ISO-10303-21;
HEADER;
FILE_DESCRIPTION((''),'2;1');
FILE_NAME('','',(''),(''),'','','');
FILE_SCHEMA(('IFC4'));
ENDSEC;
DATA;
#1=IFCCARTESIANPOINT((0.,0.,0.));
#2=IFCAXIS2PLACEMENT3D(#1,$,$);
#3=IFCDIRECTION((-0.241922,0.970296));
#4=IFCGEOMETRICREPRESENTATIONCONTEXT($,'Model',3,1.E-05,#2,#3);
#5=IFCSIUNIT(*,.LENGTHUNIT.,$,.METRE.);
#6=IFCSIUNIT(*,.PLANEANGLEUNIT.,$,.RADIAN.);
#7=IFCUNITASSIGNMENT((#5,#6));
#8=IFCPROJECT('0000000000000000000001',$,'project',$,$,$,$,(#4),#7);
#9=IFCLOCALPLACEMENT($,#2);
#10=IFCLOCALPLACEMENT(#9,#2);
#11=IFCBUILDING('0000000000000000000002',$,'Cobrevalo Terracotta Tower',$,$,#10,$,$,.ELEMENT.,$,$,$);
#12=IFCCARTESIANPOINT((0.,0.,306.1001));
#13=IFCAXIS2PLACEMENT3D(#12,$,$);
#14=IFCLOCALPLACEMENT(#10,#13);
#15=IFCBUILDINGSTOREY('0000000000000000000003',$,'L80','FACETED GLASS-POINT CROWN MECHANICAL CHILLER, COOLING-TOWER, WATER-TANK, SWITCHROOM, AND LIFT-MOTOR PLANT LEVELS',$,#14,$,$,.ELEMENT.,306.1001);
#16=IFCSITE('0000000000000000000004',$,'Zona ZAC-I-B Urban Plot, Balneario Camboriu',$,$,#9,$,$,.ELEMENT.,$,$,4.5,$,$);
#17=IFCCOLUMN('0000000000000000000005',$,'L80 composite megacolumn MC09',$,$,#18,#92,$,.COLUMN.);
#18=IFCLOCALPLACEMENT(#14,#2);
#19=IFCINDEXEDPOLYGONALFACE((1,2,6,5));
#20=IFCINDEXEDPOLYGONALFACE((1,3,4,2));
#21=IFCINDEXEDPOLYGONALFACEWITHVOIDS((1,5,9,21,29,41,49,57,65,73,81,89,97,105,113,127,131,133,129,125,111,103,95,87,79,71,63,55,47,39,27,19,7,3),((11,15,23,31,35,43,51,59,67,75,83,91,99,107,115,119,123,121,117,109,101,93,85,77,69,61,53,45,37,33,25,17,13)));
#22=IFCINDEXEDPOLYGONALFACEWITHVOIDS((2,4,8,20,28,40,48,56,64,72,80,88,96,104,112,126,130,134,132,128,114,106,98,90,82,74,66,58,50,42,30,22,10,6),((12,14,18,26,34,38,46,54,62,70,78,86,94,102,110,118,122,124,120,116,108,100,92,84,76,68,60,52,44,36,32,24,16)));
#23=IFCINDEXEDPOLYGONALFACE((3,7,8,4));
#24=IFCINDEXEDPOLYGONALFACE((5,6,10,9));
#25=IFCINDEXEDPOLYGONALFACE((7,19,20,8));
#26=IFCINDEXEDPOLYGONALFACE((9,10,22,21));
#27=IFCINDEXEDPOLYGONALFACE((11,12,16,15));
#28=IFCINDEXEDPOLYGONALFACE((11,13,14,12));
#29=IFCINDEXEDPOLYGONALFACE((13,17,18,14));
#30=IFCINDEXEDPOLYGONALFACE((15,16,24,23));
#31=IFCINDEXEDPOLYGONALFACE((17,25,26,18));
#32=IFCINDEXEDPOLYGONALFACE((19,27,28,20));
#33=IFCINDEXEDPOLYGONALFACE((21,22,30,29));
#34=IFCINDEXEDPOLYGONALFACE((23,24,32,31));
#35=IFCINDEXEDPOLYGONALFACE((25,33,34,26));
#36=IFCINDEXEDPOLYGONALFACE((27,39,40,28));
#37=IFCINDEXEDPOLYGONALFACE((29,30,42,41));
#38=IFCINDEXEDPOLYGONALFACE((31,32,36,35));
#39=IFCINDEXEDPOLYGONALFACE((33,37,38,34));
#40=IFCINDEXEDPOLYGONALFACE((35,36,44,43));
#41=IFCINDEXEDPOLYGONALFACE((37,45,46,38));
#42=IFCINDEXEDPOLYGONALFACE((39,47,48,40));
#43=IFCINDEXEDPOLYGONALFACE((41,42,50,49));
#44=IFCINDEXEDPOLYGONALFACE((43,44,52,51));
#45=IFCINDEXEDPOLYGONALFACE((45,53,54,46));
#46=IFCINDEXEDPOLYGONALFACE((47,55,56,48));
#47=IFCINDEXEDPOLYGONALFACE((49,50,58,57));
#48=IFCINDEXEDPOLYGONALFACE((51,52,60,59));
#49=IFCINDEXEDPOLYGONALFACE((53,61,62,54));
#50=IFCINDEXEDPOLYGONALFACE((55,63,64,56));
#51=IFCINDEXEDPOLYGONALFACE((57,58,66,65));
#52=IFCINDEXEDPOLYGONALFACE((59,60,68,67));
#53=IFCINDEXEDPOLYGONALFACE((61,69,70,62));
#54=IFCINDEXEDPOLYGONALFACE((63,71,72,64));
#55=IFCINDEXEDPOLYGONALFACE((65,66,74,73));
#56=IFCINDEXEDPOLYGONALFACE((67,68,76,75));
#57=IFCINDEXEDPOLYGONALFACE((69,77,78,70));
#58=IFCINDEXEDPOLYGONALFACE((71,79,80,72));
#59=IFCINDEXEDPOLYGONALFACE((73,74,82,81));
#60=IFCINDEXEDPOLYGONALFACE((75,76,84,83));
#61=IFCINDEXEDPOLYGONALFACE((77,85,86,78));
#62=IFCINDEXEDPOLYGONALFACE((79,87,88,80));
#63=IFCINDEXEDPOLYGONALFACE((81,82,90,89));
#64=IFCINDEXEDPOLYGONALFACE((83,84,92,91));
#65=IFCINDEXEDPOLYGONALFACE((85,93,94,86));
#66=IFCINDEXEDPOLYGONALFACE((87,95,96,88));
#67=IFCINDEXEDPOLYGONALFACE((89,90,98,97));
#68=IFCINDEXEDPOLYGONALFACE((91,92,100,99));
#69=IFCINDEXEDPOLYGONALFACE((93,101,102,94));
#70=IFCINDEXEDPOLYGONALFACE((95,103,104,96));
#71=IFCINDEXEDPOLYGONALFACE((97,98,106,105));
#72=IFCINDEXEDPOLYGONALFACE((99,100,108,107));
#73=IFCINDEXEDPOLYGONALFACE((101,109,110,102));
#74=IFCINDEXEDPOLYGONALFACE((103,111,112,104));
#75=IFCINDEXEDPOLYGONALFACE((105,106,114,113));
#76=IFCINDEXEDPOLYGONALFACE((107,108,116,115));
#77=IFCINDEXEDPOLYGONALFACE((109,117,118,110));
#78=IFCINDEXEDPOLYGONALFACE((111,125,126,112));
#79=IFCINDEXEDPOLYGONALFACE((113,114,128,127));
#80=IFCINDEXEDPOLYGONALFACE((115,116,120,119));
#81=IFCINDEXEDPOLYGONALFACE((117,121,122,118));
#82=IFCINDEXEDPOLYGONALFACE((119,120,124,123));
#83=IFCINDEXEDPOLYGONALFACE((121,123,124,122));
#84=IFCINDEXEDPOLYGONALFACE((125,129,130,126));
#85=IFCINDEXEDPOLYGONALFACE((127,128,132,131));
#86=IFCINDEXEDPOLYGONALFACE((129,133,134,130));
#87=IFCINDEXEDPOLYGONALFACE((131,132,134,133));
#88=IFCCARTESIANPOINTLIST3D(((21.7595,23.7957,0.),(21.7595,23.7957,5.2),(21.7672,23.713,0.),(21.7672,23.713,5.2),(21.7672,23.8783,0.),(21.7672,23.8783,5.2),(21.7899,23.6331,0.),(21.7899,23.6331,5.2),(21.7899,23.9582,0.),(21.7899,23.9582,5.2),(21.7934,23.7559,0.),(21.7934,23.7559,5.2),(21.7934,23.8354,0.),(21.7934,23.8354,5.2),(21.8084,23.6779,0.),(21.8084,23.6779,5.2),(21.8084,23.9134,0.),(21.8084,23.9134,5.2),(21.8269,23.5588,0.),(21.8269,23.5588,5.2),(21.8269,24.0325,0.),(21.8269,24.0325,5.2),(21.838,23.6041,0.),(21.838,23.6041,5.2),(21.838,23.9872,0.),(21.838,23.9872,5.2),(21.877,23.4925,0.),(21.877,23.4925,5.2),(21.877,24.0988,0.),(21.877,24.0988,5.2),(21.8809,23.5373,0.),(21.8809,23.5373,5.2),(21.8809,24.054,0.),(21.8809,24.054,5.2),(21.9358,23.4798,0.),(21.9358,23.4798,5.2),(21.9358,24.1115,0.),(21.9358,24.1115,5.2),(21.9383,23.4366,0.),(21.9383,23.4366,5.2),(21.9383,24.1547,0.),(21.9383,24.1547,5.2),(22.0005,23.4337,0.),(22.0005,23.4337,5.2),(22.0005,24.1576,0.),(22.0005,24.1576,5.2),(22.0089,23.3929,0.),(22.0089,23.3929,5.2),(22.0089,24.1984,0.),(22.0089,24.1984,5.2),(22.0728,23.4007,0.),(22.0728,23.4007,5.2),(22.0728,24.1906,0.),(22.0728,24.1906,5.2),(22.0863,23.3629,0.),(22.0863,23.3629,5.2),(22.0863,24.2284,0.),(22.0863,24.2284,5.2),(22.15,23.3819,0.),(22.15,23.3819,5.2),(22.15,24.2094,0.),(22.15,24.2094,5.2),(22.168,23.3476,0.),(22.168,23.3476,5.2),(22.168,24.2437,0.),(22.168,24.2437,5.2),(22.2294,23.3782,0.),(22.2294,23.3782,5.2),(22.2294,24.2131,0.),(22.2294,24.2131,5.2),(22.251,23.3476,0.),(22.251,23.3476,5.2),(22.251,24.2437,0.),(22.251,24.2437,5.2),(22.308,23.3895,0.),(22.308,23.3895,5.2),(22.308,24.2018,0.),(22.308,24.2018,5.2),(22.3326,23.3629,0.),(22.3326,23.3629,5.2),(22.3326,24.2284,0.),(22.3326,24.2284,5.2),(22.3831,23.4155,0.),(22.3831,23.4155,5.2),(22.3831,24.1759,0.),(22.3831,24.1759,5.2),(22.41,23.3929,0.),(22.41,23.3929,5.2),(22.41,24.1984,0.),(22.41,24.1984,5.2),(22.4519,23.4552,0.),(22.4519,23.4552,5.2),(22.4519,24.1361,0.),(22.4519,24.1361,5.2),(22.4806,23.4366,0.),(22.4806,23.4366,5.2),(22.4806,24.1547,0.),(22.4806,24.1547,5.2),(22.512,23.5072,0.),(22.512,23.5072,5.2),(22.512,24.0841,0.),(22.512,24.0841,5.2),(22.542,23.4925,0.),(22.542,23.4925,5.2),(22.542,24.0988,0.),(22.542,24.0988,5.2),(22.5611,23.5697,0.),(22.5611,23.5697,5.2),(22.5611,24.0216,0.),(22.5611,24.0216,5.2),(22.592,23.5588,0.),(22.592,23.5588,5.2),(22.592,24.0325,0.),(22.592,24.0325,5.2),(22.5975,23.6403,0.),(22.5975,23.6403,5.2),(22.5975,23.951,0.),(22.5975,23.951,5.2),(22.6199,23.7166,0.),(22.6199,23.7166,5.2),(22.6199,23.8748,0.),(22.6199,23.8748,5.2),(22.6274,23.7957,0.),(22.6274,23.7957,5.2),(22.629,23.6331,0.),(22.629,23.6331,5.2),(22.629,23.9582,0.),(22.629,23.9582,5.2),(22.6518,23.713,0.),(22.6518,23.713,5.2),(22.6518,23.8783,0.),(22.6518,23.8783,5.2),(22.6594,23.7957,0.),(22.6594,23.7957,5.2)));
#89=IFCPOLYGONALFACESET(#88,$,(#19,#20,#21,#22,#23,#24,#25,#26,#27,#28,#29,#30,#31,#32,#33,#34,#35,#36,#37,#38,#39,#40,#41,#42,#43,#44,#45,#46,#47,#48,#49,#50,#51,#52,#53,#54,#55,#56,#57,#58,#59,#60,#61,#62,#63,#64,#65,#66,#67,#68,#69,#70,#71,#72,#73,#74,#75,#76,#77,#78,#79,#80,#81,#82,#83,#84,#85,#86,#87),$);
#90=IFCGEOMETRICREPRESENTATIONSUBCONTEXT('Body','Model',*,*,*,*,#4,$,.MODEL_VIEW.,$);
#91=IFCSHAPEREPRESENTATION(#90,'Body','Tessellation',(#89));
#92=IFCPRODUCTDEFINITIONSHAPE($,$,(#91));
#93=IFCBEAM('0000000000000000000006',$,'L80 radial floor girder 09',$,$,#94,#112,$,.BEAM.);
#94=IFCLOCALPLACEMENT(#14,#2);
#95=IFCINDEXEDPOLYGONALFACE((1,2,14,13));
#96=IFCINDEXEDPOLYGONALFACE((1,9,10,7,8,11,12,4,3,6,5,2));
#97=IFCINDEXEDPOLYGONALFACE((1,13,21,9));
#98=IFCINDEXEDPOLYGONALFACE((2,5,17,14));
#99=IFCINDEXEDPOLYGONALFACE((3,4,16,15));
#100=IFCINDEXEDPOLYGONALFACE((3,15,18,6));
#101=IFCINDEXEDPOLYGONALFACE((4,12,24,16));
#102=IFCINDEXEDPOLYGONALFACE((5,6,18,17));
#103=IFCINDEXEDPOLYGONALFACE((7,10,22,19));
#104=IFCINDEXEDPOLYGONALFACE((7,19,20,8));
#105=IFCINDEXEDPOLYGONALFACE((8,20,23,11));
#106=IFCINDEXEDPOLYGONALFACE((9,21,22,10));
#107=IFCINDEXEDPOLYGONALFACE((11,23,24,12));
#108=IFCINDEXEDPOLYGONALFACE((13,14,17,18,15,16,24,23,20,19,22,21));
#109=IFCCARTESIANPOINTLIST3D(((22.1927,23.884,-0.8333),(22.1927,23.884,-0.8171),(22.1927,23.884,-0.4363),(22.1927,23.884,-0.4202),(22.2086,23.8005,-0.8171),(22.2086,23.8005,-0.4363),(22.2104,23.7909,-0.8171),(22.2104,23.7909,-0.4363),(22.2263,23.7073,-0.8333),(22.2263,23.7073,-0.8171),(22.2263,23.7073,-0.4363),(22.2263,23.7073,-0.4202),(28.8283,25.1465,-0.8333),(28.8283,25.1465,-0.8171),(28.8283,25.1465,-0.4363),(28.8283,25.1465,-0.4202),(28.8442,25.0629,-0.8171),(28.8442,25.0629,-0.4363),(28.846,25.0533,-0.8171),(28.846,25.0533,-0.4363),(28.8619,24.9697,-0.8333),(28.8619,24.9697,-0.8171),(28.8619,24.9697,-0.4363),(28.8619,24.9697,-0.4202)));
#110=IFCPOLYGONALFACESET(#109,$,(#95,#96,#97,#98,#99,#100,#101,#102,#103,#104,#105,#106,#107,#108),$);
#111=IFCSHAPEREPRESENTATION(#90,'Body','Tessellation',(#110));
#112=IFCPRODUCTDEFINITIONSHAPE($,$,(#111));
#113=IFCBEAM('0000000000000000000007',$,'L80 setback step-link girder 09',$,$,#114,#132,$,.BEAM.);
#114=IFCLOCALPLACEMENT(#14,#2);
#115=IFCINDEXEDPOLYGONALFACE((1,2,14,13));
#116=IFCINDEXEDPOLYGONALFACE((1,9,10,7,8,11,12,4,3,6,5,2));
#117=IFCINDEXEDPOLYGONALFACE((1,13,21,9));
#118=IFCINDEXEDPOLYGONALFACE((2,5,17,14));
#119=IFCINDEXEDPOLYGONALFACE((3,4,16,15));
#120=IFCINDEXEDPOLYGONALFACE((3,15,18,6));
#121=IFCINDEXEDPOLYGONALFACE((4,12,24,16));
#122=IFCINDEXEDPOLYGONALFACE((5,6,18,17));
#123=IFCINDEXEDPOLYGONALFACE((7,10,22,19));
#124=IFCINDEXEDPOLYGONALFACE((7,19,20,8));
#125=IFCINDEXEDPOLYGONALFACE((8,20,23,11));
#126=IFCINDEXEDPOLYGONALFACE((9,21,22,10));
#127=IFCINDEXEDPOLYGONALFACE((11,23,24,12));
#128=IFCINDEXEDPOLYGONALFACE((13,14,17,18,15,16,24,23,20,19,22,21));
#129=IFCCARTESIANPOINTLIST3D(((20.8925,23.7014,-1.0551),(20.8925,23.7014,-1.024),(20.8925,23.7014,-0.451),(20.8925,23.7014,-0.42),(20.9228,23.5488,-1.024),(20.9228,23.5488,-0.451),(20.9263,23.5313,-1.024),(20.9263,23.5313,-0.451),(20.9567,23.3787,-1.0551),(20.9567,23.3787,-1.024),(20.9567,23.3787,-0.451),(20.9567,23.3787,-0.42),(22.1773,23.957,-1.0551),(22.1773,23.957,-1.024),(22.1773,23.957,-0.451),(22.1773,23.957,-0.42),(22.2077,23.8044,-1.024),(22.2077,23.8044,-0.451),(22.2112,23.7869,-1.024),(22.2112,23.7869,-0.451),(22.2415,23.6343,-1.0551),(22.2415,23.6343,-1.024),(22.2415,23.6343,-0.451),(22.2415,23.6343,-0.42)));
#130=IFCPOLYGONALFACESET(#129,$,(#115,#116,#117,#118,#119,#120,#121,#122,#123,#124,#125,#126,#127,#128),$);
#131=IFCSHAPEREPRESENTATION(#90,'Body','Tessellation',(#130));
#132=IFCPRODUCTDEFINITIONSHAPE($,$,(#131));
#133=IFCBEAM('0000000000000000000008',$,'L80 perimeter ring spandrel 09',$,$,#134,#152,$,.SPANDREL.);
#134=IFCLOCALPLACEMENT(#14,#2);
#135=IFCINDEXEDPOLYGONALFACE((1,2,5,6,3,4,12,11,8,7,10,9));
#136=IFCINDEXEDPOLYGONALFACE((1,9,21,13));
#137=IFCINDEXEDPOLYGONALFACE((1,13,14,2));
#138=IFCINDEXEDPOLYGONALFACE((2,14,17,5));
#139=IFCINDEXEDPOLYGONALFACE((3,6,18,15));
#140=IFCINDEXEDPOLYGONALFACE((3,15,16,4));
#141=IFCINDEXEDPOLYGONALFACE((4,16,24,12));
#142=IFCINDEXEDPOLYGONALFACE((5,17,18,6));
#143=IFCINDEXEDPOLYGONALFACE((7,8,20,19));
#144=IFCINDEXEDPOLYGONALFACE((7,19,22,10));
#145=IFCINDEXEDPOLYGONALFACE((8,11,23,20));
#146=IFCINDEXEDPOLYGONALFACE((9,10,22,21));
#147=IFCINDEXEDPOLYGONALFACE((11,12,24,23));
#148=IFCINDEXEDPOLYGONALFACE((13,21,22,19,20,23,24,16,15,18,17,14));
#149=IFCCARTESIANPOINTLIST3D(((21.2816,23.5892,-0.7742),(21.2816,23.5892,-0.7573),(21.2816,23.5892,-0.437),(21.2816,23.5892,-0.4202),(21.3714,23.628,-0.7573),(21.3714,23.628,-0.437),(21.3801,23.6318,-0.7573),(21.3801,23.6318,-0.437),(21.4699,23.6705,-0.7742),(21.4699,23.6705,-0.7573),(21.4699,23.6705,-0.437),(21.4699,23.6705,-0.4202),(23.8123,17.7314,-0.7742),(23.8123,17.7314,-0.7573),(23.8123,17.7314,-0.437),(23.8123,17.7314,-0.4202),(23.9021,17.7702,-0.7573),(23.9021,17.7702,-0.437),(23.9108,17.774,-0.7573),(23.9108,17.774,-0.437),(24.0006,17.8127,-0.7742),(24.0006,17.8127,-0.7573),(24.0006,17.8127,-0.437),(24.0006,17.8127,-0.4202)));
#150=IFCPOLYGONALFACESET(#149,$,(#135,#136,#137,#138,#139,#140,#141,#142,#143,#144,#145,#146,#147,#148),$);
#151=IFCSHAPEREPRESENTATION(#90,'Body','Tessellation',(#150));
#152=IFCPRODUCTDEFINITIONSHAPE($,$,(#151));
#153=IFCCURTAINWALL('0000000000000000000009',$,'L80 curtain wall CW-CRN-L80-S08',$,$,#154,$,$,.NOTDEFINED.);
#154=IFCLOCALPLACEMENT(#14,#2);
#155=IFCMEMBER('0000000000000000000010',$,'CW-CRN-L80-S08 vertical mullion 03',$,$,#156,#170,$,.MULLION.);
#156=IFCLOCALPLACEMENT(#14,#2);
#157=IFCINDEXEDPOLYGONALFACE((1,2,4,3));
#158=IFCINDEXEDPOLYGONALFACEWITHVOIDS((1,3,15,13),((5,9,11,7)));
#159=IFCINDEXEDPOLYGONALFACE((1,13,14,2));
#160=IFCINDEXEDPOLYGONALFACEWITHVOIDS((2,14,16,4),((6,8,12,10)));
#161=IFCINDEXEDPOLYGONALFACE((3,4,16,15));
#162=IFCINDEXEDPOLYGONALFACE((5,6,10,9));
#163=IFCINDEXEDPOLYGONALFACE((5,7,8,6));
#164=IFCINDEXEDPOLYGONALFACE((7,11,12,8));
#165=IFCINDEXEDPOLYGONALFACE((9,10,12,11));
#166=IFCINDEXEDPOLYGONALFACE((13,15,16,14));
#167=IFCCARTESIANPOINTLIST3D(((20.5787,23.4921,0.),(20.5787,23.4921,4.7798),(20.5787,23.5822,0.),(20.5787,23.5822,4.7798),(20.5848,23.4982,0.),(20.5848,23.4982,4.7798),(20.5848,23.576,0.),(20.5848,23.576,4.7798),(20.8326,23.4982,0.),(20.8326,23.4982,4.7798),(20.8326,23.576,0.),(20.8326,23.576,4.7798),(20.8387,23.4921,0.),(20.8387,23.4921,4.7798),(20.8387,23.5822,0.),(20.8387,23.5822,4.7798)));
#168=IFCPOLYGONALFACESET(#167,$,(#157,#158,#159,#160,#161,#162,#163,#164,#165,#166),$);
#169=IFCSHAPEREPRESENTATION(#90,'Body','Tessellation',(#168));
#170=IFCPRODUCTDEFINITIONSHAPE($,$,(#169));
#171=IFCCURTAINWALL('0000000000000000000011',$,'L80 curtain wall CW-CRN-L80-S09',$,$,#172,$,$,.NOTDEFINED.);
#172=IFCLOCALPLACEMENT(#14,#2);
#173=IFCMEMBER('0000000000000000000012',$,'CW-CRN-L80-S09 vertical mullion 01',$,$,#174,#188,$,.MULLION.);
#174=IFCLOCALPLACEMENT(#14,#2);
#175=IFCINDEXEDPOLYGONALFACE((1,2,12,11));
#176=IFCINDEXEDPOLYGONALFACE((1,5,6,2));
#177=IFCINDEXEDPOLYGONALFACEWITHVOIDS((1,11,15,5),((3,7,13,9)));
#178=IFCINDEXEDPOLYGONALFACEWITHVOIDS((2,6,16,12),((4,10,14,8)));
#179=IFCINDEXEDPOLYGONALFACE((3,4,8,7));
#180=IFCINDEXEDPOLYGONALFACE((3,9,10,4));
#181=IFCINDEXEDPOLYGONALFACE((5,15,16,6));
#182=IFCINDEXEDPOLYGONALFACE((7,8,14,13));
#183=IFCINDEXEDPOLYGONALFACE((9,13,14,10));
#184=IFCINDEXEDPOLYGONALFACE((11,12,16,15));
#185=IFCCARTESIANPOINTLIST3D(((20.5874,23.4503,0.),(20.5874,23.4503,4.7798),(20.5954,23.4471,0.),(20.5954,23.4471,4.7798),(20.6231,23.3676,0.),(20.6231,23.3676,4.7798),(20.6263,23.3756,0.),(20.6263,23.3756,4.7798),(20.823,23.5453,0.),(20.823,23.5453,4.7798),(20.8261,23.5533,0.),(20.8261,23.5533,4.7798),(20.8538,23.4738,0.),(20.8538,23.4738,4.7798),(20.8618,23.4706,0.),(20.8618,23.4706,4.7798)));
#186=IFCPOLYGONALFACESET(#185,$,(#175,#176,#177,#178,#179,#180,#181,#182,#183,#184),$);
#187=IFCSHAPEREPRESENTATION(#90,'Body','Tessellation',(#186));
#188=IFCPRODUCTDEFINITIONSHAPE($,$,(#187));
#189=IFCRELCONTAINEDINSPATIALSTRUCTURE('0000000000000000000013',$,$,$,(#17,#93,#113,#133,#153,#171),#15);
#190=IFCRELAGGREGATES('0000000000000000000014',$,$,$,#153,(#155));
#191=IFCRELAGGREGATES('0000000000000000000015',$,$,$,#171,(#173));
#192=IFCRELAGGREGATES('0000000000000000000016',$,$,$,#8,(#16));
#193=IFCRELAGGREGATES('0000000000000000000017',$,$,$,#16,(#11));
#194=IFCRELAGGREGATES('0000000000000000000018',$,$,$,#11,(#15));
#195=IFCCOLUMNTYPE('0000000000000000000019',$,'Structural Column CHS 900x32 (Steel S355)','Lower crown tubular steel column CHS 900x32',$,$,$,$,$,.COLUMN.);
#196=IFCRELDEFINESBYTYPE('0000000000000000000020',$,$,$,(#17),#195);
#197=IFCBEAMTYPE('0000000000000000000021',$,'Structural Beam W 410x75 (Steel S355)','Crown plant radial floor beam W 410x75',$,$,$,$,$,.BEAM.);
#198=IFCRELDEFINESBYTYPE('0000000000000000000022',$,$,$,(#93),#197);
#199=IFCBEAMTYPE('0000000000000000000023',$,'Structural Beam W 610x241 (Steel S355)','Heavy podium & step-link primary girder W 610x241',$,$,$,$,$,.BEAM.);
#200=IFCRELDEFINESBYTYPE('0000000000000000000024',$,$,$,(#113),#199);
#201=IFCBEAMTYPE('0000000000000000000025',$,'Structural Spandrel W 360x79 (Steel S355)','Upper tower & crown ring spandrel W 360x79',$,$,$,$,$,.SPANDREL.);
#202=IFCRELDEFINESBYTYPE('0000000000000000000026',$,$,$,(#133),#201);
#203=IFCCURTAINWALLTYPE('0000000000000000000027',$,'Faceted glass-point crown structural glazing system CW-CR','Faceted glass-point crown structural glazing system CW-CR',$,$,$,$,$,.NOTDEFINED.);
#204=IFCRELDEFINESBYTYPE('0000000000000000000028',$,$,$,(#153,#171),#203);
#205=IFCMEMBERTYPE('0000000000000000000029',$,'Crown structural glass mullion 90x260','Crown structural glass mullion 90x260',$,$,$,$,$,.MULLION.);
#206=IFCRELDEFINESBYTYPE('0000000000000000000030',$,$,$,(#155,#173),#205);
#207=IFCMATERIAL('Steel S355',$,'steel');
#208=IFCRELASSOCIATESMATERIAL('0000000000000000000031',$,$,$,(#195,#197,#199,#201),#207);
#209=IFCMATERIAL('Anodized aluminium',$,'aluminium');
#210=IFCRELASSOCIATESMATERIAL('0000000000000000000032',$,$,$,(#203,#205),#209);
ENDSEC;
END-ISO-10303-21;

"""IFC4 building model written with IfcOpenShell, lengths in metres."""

from ifc_helpers import new_model, si_unit, direction, frame, origin, origin_2d, place, context, subcontext, project, spatial, hollow_rectangle, hollow_circle, i_section, extrude, source, transform, mapped, material, material_profile, profile_set, type_object, element, aggregate, save


model = new_model("IFC4")

# Units and contexts
model_context = context("Model", 3, precision=1e-05, world=origin(), true_north=direction((-0.241922, 0.970296)))
body_context = subcontext(model_context, "Body", "Model", "MODEL_VIEW")
ifc_project = project(units=[si_unit("LENGTHUNIT", "METRE"), si_unit("PLANEANGLEUNIT", "RADIAN")], contexts=[model_context])

# Site, building, storey
site_placement = place(None, origin())
site = spatial("IfcSite", under=ifc_project, at=site_placement, Name="Zona ZAC-I-B Urban Plot, Balneario Camboriu", CompositionType="ELEMENT", RefElevation=4.5)
building_placement = place(site_placement, origin())
building = spatial("IfcBuilding", under=site, at=building_placement, Name="Cobrevalo Terracotta Tower", CompositionType="ELEMENT")
storey_placement = place(building_placement, frame((0.0, 0.0, 306.1001)))
storey = spatial("IfcBuildingStorey", under=building, at=storey_placement, Name="L80", Description="FACETED GLASS-POINT CROWN MECHANICAL CHILLER, COOLING-TOWER, WATER-TANK, SWITCHROOM, AND LIFT-MOTOR PLANT LEVELS", CompositionType="ELEMENT", Elevation=306.1001)

# Column
ifc_material_1 = material(Name="Steel S355", Category="steel")
ifc_material_profile_1 = material_profile(ifc_material_1, hollow_circle(Radius=0.45, WallThickness=0.032, at=origin_2d()), Name="CHS 900x32")
ifc_profile_set_1 = profile_set([ifc_material_profile_1], Name="Steel S355")
column_type = type_object("IfcColumnType", Name="Structural Column CHS 900x32 (Steel S355)", Description="Lower crown tubular steel column CHS 900x32", PredefinedType="COLUMN", material=ifc_profile_set_1)
column_placement = place(storey_placement, frame((22.2095, 23.7957, 0.0), z_axis=(0.0, 0.0, 1.0), x_axis=(1.0, 0.0, 0.0)))
element("IfcColumn", 1, at=column_placement, inside=storey, type_object=column_type, Name="L80 composite megacolumn MC09", PredefinedType="COLUMN", context=body_context, shape_type="SweptSolid", body=[
    extrude(hollow_circle(Radius=0.45, WallThickness=0.032, at=origin_2d()), origin(), (0.0, 0.0, 1.0), 5.2),
])

# Beams
ifc_material_profile_2 = material_profile(ifc_material_1, i_section(OverallWidth=0.1799, OverallDepth=0.4131, WebThickness=0.0098, FlangeThickness=0.0161, at=origin_2d()), Name="W 410x75")
ifc_profile_set_2 = profile_set([ifc_material_profile_2], Name="Steel S355")
beam_type_1 = type_object("IfcBeamType", Name="Structural Beam W 410x75 (Steel S355)", Description="Crown plant radial floor beam W 410x75", PredefinedType="BEAM", material=ifc_profile_set_2)
beam_1_placement = place(storey_placement, frame((22.2095, 23.7957, -0.6267), z_axis=(0.982378, 0.186904, 0.0), x_axis=(-0.186904, 0.982378, 0.0)))
element("IfcBeam", 2, at=beam_1_placement, inside=storey, type_object=beam_type_1, Name="L80 radial floor girder 09", PredefinedType="BEAM", context=body_context, shape_type="SweptSolid", body=[
    extrude(i_section(OverallWidth=0.1799, OverallDepth=0.4131, WebThickness=0.0098, FlangeThickness=0.0161, at=origin_2d()), origin(), (0.0, 0.0, 1.0), 6.7546),
])
ifc_material_profile_3 = material_profile(ifc_material_1, i_section(OverallWidth=0.3291, OverallDepth=0.635, WebThickness=0.0178, FlangeThickness=0.031, at=origin_2d()), Name="W 610x241")
ifc_profile_set_3 = profile_set([ifc_material_profile_3], Name="Steel S355")
beam_type_2 = type_object("IfcBeamType", Name="Structural Beam W 610x241 (Steel S355)", Description="Heavy podium & step-link primary girder W 610x241", PredefinedType="BEAM", material=ifc_profile_set_3)
beam_2_placement = place(storey_placement, frame((20.9246, 23.54, -0.7375), z_axis=(0.980781, 0.195113, 0.0), x_axis=(-0.195113, 0.980781, 0.0)))
element("IfcBeam", 3, at=beam_2_placement, inside=storey, type_object=beam_type_2, Name="L80 setback step-link girder 09", PredefinedType="BEAM", context=body_context, shape_type="SweptSolid", body=[
    extrude(i_section(OverallWidth=0.3291, OverallDepth=0.635, WebThickness=0.0178, FlangeThickness=0.031, at=origin_2d()), origin(), (0.0, 0.0, 1.0), 1.3101),
])
ifc_material_profile_4 = material_profile(ifc_material_1, i_section(OverallWidth=0.2051, OverallDepth=0.354, WebThickness=0.0095, FlangeThickness=0.0168, at=origin_2d()), Name="W 360x79")
ifc_profile_set_4 = profile_set([ifc_material_profile_4], Name="Steel S355")
beam_type_3 = type_object("IfcBeamType", Name="Structural Spandrel W 360x79 (Steel S355)", Description="Upper tower & crown ring spandrel W 360x79", PredefinedType="SPANDREL", material=ifc_profile_set_4)
beam_3_placement = place(storey_placement, frame((21.3757, 23.6299, -0.5972), z_axis=(0.396596, -0.917993, 0.0), x_axis=(0.917993, 0.396596, 0.0)))
element("IfcBeam", 4, at=beam_3_placement, inside=storey, type_object=beam_type_3, Name="L80 perimeter ring spandrel 09", PredefinedType="SPANDREL", context=body_context, shape_type="SweptSolid", body=[
    extrude(i_section(OverallWidth=0.2051, OverallDepth=0.354, WebThickness=0.0095, FlangeThickness=0.0168, at=origin_2d()), origin(), (0.0, 0.0, 1.0), 6.3811),
])

# Curtain wall, member
ifc_material_2 = material(Name="Anodized aluminium", Category="aluminium")
curtain_wall_type = type_object("IfcCurtainWallType", Name="Faceted glass-point crown structural glazing system CW-CR", Description="Faceted glass-point crown structural glazing system CW-CR", PredefinedType="NOTDEFINED", material=ifc_material_2)
curtain_wall_1_placement = place(storey_placement, origin())
curtain_wall_1 = element("IfcCurtainWall", 5, at=curtain_wall_1_placement, inside=storey, type_object=curtain_wall_type, Name="L80 curtain wall CW-CRN-L80-S08", PredefinedType="NOTDEFINED")
ifc_material_profile_5 = material_profile(ifc_material_2, hollow_rectangle(XDim=0.0901, YDim=0.26, WallThickness=0.0061, at=origin_2d()), Name="CWM 90x260")
ifc_profile_set_5 = profile_set([ifc_material_profile_5], Name="Anodized aluminium")
member_type_1 = type_object("IfcMemberType", Name="Crown structural glass mullion 90x260", Description="Crown structural glass mullion 90x260", PredefinedType="MULLION", material=ifc_profile_set_5)
shared_shape_1 = source(origin(), body_context, "Body", "SweptSolid", [
    extrude(hollow_rectangle(XDim=0.0901, YDim=0.26, WallThickness=0.0061, at=origin_2d()), origin(), (0.0, 0.0, 1.0), 4.7798),
])
member_1_placement = place(storey_placement, frame((20.7087, 23.5371, 0.0), z_axis=(0.0, 0.0, 1.0), x_axis=(0.0, -1.0, 0.0)))
member_1 = element("IfcMember", 6, at=member_1_placement, type_object=member_type_1, Name="CW-CRN-L80-S08 vertical mullion 03", PredefinedType="MULLION", context=body_context, shape_type="MappedRepresentation", body=[
    mapped(shared_shape_1, transform((0.0, 0.0, 0.0), scale=1.0)),
])
aggregate(curtain_wall_1, [member_1])

# Curtain wall, member
curtain_wall_2_placement = place(storey_placement, origin())
curtain_wall_2 = element("IfcCurtainWall", 7, at=curtain_wall_2_placement, inside=storey, type_object=curtain_wall_type, Name="L80 curtain wall CW-CRN-L80-S09", PredefinedType="NOTDEFINED")
member_2_placement = place(storey_placement, frame((20.7246, 23.4604, 0.0), z_axis=(0.0, 0.0, 1.0), x_axis=(0.396058, -0.918225, 0.0)))
member_2 = element("IfcMember", 8, at=member_2_placement, type_object=member_type_1, Name="CW-CRN-L80-S09 vertical mullion 01", PredefinedType="MULLION", context=body_context, shape_type="MappedRepresentation", body=[
    mapped(shared_shape_1, transform((0.0, 0.0, 0.0), scale=1.0)),
])

aggregate(curtain_wall_2, [member_2])

save(model, "model.ifc")
